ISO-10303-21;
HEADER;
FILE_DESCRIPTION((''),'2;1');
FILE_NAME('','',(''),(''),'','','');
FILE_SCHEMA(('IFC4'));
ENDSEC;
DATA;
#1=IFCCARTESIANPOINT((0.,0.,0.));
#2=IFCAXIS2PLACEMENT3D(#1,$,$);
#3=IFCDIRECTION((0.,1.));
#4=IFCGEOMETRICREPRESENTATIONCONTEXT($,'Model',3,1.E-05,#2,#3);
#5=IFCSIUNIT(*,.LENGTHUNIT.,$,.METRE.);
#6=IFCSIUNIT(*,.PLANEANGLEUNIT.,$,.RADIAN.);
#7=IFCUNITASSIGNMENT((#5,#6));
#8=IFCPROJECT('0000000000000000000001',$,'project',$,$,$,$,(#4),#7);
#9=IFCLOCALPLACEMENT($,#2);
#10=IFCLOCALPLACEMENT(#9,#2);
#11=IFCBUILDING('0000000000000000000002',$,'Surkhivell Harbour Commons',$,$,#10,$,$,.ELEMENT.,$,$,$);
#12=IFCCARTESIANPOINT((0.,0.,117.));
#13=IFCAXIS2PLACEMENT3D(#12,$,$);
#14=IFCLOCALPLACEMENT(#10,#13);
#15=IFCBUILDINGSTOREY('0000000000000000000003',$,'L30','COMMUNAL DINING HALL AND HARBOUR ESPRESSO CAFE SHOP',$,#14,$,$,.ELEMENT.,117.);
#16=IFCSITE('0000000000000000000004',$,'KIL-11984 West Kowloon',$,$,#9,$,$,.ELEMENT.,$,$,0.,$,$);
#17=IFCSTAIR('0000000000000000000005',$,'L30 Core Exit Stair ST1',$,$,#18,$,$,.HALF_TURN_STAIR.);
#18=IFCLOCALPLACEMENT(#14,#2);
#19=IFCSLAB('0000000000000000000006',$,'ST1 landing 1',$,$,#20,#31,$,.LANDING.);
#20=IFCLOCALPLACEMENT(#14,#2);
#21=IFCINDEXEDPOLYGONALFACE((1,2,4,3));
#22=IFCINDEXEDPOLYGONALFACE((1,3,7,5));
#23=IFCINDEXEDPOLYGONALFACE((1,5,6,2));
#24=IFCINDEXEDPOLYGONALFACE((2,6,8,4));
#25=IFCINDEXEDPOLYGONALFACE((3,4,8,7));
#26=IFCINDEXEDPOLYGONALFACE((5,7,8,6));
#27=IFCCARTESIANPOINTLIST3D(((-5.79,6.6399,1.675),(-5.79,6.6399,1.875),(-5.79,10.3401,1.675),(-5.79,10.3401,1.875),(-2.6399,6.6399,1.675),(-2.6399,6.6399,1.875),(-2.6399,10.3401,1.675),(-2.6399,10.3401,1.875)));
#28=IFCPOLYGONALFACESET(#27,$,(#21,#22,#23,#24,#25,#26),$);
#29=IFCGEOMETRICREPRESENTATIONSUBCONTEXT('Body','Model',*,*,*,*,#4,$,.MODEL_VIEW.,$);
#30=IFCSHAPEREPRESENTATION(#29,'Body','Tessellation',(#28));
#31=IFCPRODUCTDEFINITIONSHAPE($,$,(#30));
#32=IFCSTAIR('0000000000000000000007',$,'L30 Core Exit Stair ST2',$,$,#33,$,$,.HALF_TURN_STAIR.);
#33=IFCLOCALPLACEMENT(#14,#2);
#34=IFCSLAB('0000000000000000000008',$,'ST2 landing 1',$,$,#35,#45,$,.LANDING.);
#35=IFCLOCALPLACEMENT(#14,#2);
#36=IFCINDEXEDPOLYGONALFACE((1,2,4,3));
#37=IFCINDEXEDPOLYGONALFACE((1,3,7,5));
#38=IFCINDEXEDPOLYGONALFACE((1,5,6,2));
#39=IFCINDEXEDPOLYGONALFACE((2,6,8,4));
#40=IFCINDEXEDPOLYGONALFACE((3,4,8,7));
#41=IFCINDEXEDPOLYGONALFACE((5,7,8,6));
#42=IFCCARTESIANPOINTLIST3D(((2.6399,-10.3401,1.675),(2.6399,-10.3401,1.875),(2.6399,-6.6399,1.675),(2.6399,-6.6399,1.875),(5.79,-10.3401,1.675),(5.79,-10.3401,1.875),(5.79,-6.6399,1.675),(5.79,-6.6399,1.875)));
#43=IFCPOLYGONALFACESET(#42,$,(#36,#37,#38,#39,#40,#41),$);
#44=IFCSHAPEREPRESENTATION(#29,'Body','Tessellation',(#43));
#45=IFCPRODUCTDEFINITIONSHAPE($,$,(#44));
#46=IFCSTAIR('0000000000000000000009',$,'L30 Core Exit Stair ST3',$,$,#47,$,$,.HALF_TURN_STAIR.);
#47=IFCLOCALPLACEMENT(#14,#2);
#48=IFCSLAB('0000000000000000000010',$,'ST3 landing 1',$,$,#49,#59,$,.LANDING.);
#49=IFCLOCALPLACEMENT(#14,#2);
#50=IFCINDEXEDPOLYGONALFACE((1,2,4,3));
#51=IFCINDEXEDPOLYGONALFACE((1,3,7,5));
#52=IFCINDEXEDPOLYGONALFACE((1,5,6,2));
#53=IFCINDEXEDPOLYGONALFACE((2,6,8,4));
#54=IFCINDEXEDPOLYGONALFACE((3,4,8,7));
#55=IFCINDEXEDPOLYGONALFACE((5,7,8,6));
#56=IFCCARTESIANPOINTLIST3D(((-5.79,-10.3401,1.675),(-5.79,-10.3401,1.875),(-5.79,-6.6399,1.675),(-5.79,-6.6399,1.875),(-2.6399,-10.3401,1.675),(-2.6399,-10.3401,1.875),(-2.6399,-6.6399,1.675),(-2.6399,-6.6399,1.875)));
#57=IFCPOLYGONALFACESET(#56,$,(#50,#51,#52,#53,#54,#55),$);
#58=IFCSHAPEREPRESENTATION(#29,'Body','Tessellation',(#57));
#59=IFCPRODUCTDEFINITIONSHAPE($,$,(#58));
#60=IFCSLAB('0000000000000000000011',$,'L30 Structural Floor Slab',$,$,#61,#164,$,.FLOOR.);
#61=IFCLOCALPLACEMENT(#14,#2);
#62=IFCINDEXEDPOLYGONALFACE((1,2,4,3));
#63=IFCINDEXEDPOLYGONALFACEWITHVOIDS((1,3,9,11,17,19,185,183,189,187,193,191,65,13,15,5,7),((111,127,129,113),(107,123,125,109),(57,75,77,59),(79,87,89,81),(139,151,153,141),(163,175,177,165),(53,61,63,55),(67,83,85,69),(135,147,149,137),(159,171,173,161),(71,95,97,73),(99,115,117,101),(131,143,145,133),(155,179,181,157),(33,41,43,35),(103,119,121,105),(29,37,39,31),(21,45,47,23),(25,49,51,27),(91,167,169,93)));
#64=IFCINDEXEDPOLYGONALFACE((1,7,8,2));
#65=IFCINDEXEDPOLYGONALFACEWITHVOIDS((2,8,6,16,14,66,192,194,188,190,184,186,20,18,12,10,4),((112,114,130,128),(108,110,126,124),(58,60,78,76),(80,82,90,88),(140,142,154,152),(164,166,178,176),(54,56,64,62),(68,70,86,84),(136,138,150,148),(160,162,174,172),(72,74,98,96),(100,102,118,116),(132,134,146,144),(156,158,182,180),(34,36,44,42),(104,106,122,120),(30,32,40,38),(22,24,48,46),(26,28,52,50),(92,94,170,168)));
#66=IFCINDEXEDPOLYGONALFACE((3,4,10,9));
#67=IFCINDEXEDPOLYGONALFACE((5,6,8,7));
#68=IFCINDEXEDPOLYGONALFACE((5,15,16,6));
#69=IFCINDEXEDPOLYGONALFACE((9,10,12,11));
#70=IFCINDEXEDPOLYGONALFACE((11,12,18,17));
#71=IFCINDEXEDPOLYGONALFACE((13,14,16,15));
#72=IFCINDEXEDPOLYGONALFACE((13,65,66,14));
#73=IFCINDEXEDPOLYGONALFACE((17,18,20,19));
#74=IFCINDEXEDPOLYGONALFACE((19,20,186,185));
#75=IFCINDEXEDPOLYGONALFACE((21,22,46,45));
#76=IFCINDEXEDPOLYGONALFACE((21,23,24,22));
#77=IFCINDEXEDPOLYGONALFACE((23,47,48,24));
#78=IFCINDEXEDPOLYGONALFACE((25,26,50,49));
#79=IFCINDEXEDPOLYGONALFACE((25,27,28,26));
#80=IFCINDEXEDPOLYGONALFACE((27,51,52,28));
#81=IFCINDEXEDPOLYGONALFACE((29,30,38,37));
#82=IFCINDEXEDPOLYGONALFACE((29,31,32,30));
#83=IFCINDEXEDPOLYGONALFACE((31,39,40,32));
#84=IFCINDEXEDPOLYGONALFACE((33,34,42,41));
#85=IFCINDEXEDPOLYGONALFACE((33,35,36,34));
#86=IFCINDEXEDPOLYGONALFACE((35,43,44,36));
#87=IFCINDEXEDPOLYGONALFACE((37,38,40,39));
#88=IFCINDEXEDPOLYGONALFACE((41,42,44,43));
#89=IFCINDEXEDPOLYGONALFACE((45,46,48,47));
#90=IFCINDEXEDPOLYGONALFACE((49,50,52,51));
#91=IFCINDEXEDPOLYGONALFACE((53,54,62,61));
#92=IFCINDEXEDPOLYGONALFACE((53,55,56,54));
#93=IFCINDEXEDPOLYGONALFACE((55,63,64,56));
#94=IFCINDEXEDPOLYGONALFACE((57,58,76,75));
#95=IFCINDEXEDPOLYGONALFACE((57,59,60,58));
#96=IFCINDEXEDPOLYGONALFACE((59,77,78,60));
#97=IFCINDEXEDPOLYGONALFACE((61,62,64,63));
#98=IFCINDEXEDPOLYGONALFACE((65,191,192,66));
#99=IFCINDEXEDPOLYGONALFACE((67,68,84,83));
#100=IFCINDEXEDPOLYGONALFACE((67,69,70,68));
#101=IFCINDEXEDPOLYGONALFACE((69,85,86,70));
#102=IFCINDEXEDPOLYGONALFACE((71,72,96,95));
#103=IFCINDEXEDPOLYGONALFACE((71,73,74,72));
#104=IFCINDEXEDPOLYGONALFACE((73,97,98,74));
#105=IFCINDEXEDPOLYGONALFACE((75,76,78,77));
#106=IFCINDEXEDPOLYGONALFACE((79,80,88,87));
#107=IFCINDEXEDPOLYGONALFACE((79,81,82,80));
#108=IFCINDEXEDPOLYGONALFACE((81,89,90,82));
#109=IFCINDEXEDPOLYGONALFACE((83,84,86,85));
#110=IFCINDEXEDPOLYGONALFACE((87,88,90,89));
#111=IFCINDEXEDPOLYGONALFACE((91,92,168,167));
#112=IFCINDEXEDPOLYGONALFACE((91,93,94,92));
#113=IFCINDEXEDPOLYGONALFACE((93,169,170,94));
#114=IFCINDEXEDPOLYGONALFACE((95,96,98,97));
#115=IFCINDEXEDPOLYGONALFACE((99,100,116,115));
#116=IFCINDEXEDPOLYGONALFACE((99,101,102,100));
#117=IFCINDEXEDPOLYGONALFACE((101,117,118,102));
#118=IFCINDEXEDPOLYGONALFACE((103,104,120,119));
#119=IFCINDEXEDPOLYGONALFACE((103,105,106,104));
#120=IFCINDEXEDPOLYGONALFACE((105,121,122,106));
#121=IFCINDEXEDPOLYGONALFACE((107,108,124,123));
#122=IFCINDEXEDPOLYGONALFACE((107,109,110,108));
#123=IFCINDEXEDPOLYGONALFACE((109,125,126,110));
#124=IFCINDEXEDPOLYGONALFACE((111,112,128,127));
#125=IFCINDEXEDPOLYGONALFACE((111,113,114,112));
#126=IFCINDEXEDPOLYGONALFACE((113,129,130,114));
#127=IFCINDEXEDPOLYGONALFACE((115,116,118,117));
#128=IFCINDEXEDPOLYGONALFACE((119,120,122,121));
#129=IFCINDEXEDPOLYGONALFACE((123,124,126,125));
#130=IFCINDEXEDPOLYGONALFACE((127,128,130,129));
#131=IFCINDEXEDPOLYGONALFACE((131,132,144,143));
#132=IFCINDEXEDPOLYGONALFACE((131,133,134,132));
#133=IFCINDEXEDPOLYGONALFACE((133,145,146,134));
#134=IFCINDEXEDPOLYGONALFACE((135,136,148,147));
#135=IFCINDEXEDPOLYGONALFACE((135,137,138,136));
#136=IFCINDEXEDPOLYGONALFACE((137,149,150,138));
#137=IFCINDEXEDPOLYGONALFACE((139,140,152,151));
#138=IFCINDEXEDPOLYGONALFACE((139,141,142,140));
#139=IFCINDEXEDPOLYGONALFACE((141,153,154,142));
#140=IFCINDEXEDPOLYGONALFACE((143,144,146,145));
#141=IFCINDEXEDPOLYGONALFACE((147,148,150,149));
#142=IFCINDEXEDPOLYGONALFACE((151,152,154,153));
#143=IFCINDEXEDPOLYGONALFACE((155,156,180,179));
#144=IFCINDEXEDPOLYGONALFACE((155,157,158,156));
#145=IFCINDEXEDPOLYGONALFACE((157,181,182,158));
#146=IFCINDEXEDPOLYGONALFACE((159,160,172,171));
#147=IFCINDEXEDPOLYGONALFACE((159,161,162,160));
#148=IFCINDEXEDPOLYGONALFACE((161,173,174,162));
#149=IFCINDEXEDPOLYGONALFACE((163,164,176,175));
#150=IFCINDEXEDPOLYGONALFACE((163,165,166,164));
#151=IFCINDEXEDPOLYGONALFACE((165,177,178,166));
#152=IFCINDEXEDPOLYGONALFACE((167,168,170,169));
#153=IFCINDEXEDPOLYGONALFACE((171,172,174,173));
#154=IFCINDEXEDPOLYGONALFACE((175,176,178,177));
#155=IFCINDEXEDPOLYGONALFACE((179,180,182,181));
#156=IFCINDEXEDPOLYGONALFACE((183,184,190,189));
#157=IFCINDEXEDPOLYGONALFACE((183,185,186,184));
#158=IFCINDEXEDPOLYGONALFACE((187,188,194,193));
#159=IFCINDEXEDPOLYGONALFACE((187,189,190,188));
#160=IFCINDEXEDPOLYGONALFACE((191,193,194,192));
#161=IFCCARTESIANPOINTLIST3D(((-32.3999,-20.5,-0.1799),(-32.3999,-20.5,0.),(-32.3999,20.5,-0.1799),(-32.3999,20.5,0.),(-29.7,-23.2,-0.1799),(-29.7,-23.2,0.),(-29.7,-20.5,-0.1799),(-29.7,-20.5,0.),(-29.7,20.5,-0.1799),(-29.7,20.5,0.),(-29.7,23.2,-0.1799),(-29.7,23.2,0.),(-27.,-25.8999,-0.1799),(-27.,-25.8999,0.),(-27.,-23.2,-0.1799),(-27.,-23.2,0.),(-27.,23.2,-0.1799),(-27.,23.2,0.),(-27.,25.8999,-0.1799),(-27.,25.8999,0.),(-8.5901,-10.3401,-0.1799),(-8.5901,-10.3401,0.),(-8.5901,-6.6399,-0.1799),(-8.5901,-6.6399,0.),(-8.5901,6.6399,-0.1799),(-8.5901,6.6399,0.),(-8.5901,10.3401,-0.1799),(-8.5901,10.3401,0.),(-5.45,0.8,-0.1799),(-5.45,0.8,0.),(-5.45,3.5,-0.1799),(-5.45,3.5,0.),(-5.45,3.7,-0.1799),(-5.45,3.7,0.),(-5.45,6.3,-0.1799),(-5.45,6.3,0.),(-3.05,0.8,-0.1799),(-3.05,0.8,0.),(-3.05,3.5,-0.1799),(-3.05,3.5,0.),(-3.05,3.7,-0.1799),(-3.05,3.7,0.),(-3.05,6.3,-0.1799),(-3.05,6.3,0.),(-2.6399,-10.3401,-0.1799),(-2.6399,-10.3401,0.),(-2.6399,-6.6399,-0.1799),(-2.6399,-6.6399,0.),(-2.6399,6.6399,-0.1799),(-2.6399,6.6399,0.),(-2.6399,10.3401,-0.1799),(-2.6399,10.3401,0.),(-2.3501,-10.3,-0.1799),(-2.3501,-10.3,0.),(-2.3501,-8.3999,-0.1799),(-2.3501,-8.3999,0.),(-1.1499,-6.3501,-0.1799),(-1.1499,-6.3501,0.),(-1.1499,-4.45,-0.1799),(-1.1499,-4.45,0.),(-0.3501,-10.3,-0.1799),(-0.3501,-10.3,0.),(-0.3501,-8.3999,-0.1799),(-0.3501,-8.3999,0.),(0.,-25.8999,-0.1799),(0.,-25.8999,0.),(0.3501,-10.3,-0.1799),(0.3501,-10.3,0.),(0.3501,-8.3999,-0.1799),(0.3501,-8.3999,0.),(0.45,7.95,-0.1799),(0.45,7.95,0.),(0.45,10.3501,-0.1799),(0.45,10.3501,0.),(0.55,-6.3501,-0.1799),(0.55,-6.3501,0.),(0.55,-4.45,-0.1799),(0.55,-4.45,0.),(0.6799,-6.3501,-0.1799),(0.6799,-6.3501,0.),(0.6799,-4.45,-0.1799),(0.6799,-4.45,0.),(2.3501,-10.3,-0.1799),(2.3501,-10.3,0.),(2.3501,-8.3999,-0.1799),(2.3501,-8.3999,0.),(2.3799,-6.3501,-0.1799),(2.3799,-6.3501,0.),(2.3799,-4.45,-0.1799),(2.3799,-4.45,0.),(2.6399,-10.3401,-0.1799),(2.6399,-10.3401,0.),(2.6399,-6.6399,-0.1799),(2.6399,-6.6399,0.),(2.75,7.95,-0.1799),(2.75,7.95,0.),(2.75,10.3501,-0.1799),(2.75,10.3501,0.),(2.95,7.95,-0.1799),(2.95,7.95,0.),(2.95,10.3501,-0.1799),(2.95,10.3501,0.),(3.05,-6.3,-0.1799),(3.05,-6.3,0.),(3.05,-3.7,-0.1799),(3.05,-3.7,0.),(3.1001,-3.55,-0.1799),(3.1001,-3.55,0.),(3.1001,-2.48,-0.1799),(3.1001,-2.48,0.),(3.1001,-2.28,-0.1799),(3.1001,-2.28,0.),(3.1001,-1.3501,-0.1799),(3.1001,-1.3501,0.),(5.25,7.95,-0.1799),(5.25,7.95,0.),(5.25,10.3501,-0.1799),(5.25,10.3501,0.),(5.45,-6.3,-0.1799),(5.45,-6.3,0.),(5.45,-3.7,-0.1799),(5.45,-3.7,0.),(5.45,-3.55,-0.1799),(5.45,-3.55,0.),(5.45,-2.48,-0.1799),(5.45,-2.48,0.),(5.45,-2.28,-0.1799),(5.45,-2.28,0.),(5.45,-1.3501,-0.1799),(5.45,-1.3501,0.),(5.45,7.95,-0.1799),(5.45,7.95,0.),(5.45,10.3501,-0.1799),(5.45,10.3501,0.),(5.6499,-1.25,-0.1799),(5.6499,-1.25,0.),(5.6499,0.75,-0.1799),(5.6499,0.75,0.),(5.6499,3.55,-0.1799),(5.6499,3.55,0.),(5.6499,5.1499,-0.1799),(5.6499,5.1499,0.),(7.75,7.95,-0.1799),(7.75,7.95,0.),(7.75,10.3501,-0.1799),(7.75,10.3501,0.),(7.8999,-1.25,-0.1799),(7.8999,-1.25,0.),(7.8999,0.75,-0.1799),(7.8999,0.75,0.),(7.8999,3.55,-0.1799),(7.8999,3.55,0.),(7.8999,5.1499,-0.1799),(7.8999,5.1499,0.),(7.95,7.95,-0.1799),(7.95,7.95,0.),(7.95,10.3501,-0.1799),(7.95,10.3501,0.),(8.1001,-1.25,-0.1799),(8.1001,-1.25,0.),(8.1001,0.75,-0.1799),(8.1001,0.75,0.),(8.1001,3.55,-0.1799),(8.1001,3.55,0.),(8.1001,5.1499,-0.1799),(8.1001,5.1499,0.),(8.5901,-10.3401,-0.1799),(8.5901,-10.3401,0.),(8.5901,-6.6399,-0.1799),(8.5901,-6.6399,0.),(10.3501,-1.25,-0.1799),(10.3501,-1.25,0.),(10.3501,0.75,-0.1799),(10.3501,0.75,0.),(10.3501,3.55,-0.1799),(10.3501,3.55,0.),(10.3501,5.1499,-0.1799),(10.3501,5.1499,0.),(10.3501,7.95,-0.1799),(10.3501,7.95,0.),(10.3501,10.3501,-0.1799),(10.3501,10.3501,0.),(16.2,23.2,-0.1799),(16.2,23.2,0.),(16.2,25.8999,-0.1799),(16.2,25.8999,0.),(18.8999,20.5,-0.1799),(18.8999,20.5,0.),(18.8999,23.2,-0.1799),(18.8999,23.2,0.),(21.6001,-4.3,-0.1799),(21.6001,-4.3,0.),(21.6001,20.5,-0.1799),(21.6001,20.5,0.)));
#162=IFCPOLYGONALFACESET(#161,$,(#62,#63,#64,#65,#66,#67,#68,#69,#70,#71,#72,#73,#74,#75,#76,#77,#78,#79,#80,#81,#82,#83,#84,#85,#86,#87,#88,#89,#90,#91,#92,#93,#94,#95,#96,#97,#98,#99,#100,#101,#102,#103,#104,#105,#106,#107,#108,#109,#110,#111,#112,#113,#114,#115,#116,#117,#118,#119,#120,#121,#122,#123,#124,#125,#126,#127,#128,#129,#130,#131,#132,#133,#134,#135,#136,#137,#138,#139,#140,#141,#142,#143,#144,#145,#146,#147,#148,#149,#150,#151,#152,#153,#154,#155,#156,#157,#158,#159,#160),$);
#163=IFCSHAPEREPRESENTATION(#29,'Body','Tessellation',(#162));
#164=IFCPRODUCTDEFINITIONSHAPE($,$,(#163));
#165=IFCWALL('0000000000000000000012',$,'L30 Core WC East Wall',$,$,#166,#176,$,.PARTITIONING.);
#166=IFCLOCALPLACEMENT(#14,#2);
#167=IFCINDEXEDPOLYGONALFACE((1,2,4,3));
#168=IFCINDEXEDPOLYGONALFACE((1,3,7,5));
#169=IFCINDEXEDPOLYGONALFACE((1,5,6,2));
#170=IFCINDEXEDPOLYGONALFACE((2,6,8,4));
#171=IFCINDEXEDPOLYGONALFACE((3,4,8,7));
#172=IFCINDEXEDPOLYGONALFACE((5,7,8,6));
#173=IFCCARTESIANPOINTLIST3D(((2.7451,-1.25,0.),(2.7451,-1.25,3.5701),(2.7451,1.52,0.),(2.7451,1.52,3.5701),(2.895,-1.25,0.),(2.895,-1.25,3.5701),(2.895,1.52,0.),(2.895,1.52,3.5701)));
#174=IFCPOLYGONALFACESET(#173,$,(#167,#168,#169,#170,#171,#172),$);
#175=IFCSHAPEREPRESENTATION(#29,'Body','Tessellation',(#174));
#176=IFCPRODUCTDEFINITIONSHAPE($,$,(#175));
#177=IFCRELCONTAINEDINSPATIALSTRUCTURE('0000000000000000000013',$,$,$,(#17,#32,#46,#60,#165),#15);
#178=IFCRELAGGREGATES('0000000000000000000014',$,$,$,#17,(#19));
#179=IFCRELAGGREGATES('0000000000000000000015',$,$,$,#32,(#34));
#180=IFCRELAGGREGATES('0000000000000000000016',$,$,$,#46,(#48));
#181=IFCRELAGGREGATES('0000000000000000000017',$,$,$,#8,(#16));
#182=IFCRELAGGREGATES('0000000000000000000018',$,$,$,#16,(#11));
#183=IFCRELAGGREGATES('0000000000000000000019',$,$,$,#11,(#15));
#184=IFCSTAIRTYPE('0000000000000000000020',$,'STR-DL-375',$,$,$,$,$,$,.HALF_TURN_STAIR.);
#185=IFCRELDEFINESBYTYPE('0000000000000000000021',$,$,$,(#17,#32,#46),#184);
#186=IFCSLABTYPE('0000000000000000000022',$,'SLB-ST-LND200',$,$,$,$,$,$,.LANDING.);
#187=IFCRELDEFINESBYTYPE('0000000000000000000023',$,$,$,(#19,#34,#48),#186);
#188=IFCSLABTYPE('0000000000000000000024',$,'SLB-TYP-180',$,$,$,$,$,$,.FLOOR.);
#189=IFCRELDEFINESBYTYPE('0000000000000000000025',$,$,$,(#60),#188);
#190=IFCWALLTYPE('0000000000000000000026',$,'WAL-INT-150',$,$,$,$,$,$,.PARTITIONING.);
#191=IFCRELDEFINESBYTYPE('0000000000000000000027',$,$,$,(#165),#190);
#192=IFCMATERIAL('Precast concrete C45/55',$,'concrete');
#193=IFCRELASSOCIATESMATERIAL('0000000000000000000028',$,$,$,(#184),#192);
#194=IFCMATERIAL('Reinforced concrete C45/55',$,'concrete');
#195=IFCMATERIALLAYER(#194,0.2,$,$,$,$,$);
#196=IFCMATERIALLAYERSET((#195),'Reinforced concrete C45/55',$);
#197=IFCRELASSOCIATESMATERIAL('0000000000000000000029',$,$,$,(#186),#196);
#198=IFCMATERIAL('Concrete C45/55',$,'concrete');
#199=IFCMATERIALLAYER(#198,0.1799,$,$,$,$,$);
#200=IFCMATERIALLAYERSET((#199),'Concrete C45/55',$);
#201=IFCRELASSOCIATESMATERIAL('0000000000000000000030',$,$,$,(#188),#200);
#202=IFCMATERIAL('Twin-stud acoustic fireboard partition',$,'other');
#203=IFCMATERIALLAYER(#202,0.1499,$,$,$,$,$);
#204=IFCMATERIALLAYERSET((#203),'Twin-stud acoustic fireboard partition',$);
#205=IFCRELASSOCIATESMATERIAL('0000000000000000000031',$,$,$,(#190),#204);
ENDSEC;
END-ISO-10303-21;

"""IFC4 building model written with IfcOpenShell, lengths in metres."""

from ifc_helpers import new_model, si_unit, direction, frame, frame_2d, origin, place, context, subcontext, project, spatial, polyline, rectangle, outline, extrude, material, layer, layer_set, type_object, element, aggregate, save


model = new_model("IFC4")

# Units and contexts
model_context = context("Model", 3, precision=1e-05, world=origin(), true_north=direction((0.0, 1.0)))
body_context = subcontext(model_context, "Body", "Model", "MODEL_VIEW")
ifc_project = project(units=[si_unit("LENGTHUNIT", "METRE"), si_unit("PLANEANGLEUNIT", "RADIAN")], contexts=[model_context])

# Site, building, storey
site_placement = place(None, origin())
site = spatial("IfcSite", under=ifc_project, at=site_placement, Name="KIL-11984 West Kowloon", CompositionType="ELEMENT", RefElevation=0.0)
building_placement = place(site_placement, origin())
building = spatial("IfcBuilding", under=site, at=building_placement, Name="Surkhivell Harbour Commons", CompositionType="ELEMENT")
storey_placement = place(building_placement, frame((0.0, 0.0, 117.0)))
storey = spatial("IfcBuildingStorey", under=building, at=storey_placement, Name="L30", Description="COMMUNAL DINING HALL AND HARBOUR ESPRESSO CAFE SHOP", CompositionType="ELEMENT", Elevation=117.0)

# Stairs, slabs
ifc_material_1 = material(Name="Precast concrete C45/55", Category="concrete")
stair_type = type_object("IfcStairType", Name="STR-DL-375", PredefinedType="HALF_TURN_STAIR", material=ifc_material_1)
stair_1_placement = place(storey_placement, origin())
stair_1 = element("IfcStair", 1, at=stair_1_placement, inside=storey, type_object=stair_type, Name="L30 Core Exit Stair ST1", PredefinedType="HALF_TURN_STAIR")
ifc_material_2 = material(Name="Reinforced concrete C45/55", Category="concrete")
ifc_layer_1 = layer(ifc_material_2, 0.2)
ifc_layer_set_1 = layer_set([ifc_layer_1], Name="Reinforced concrete C45/55")
slab_type_1 = type_object("IfcSlabType", Name="SLB-ST-LND200", PredefinedType="LANDING", material=ifc_layer_set_1)
slab_1_placement = place(storey_placement, frame((0.0, 0.0, 1.675)))
slab_1 = element("IfcSlab", 2, at=slab_1_placement, type_object=slab_type_1, Name="ST1 landing 1", PredefinedType="LANDING", context=body_context, shape_type="SweptSolid", body=[
    extrude(outline(polyline([(-5.79, 6.6399), (-2.6399, 6.6399), (-2.6399, 10.3401), (-5.79, 10.3401), (-5.79, 6.6399)])), origin(), (0.0, 0.0, 1.0), 0.2),
])
aggregate(stair_1, [slab_1])
stair_2_placement = place(storey_placement, origin())
stair_2 = element("IfcStair", 3, at=stair_2_placement, inside=storey, type_object=stair_type, Name="L30 Core Exit Stair ST2", PredefinedType="HALF_TURN_STAIR")
slab_2_placement = place(storey_placement, frame((0.0, 0.0, 1.675)))
slab_2 = element("IfcSlab", 4, at=slab_2_placement, type_object=slab_type_1, Name="ST2 landing 1", PredefinedType="LANDING", context=body_context, shape_type="SweptSolid", body=[
    extrude(outline(polyline([(5.79, -6.6399), (2.6399, -6.6399), (2.6399, -10.3401), (5.79, -10.3401), (5.79, -6.6399)])), origin(), (0.0, 0.0, 1.0), 0.2),
])
aggregate(stair_2, [slab_2])
stair_3_placement = place(storey_placement, origin())
stair_3 = element("IfcStair", 5, at=stair_3_placement, inside=storey, type_object=stair_type, Name="L30 Core Exit Stair ST3", PredefinedType="HALF_TURN_STAIR")
slab_3_placement = place(storey_placement, frame((0.0, 0.0, 1.675)))
slab_3 = element("IfcSlab", 6, at=slab_3_placement, type_object=slab_type_1, Name="ST3 landing 1", PredefinedType="LANDING", context=body_context, shape_type="SweptSolid", body=[
    extrude(outline(polyline([(-5.79, -10.3401), (-2.6399, -10.3401), (-2.6399, -6.6399), (-5.79, -6.6399), (-5.79, -10.3401)])), origin(), (0.0, 0.0, 1.0), 0.2),
])
aggregate(stair_3, [slab_3])

# Slab
ifc_material_3 = material(Name="Concrete C45/55", Category="concrete")
ifc_layer_2 = layer(ifc_material_3, 0.1799)
ifc_layer_set_2 = layer_set([ifc_layer_2], Name="Concrete C45/55")
slab_type_2 = type_object("IfcSlabType", Name="SLB-TYP-180", PredefinedType="FLOOR", material=ifc_layer_set_2)
slab_4_placement = place(storey_placement, frame((0.0, 0.0, -0.1799)))
element("IfcSlab", 7, at=slab_4_placement, inside=storey, type_object=slab_type_2, Name="L30 Structural Floor Slab", PredefinedType="FLOOR", context=body_context, shape_type="SweptSolid", body=[
    extrude(outline(polyline([(-27.0, -25.8999), (0.0, -25.8999), (21.6001, -4.3), (21.6001, 20.5), (18.8999, 20.5), (18.8999, 23.2), (16.2, 23.2), (16.2, 25.8999), (-27.0, 25.8999), (-27.0, 23.2), (-29.7, 23.2), (-29.7, 20.5), (-32.3999, 20.5), (-32.3999, -20.5), (-29.7, -20.5), (-29.7, -23.2), (-27.0, -23.2), (-27.0, -25.8999)]), holes=[polyline([(-8.5901, 6.6399), (-2.6399, 6.6399), (-2.6399, 10.3401), (-8.5901, 10.3401), (-8.5901, 6.6399)]), polyline([(8.5901, -6.6399), (2.6399, -6.6399), (2.6399, -10.3401), (8.5901, -10.3401), (8.5901, -6.6399)]), polyline([(-8.5901, -10.3401), (-2.6399, -10.3401), (-2.6399, -6.6399), (-8.5901, -6.6399), (-8.5901, -10.3401)]), polyline([(0.45, 7.95), (2.75, 7.95), (2.75, 10.3501), (0.45, 10.3501), (0.45, 7.95)]), polyline([(2.95, 7.95), (5.25, 7.95), (5.25, 10.3501), (2.95, 10.3501), (2.95, 7.95)]), polyline([(5.45, 7.95), (7.75, 7.95), (7.75, 10.3501), (5.45, 10.3501), (5.45, 7.95)]), polyline([(7.95, 7.95), (10.3501, 7.95), (10.3501, 10.3501), (7.95, 10.3501), (7.95, 7.95)]), polyline([(5.6499, 3.55), (7.8999, 3.55), (7.8999, 5.1499), (5.6499, 5.1499), (5.6499, 3.55)]), polyline([(8.1001, 3.55), (10.3501, 3.55), (10.3501, 5.1499), (8.1001, 5.1499), (8.1001, 3.55)]), polyline([(5.6499, -1.25), (7.8999, -1.25), (7.8999, 0.75), (5.6499, 0.75), (5.6499, -1.25)]), polyline([(8.1001, -1.25), (10.3501, -1.25), (10.3501, 0.75), (8.1001, 0.75), (8.1001, -1.25)]), polyline([(-1.1499, -6.3501), (0.55, -6.3501), (0.55, -4.45), (-1.1499, -4.45), (-1.1499, -6.3501)]), polyline([(0.6799, -6.3501), (2.3799, -6.3501), (2.3799, -4.45), (0.6799, -4.45), (0.6799, -6.3501)]), polyline([(-2.3501, -10.3), (-0.3501, -10.3), (-0.3501, -8.3999), (-2.3501, -8.3999), (-2.3501, -10.3)]), polyline([(0.3501, -10.3), (2.3501, -10.3), (2.3501, -8.3999), (0.3501, -8.3999), (0.3501, -10.3)]), polyline([(-5.45, 3.7), (-3.05, 3.7), (-3.05, 6.3), (-5.45, 6.3), (-5.45, 3.7)]), polyline([(3.05, -6.3), (5.45, -6.3), (5.45, -3.7), (3.05, -3.7), (3.05, -6.3)]), polyline([(-5.45, 0.8), (-3.05, 0.8), (-3.05, 3.5), (-5.45, 3.5), (-5.45, 0.8)]), polyline([(3.1001, -3.55), (5.45, -3.55), (5.45, -2.48), (3.1001, -2.48), (3.1001, -3.55)]), polyline([(3.1001, -2.28), (5.45, -2.28), (5.45, -1.3501), (3.1001, -1.3501), (3.1001, -2.28)])]), origin(), (0.0, 0.0, 1.0), 0.1799),
])

# Wall
ifc_material_4 = material(Name="Twin-stud acoustic fireboard partition", Category="other")
ifc_layer_3 = layer(ifc_material_4, 0.1499)
ifc_layer_set_3 = layer_set([ifc_layer_3], Name="Twin-stud acoustic fireboard partition")
wall_type_1 = type_object("IfcWallType", Name="WAL-INT-150", PredefinedType="PARTITIONING", material=ifc_layer_set_3)
wall_1_placement = place(storey_placement, frame((2.8201, -1.25, 0.0), z_axis=(0.0, 0.0, 1.0), x_axis=(0.0, 1.0, 0.0)))
element("IfcWall", 8, at=wall_1_placement, inside=storey, type_object=wall_type_1, Name="L30 Core WC East Wall", PredefinedType="PARTITIONING", context=body_context, shape_type="SweptSolid", body=[
    extrude(rectangle(XDim=2.77, YDim=0.1499, at=frame_2d((1.385, 0.0))), origin(), (0.0, 0.0, 1.0), 3.5701),
])

save(model, "model.ifc")
